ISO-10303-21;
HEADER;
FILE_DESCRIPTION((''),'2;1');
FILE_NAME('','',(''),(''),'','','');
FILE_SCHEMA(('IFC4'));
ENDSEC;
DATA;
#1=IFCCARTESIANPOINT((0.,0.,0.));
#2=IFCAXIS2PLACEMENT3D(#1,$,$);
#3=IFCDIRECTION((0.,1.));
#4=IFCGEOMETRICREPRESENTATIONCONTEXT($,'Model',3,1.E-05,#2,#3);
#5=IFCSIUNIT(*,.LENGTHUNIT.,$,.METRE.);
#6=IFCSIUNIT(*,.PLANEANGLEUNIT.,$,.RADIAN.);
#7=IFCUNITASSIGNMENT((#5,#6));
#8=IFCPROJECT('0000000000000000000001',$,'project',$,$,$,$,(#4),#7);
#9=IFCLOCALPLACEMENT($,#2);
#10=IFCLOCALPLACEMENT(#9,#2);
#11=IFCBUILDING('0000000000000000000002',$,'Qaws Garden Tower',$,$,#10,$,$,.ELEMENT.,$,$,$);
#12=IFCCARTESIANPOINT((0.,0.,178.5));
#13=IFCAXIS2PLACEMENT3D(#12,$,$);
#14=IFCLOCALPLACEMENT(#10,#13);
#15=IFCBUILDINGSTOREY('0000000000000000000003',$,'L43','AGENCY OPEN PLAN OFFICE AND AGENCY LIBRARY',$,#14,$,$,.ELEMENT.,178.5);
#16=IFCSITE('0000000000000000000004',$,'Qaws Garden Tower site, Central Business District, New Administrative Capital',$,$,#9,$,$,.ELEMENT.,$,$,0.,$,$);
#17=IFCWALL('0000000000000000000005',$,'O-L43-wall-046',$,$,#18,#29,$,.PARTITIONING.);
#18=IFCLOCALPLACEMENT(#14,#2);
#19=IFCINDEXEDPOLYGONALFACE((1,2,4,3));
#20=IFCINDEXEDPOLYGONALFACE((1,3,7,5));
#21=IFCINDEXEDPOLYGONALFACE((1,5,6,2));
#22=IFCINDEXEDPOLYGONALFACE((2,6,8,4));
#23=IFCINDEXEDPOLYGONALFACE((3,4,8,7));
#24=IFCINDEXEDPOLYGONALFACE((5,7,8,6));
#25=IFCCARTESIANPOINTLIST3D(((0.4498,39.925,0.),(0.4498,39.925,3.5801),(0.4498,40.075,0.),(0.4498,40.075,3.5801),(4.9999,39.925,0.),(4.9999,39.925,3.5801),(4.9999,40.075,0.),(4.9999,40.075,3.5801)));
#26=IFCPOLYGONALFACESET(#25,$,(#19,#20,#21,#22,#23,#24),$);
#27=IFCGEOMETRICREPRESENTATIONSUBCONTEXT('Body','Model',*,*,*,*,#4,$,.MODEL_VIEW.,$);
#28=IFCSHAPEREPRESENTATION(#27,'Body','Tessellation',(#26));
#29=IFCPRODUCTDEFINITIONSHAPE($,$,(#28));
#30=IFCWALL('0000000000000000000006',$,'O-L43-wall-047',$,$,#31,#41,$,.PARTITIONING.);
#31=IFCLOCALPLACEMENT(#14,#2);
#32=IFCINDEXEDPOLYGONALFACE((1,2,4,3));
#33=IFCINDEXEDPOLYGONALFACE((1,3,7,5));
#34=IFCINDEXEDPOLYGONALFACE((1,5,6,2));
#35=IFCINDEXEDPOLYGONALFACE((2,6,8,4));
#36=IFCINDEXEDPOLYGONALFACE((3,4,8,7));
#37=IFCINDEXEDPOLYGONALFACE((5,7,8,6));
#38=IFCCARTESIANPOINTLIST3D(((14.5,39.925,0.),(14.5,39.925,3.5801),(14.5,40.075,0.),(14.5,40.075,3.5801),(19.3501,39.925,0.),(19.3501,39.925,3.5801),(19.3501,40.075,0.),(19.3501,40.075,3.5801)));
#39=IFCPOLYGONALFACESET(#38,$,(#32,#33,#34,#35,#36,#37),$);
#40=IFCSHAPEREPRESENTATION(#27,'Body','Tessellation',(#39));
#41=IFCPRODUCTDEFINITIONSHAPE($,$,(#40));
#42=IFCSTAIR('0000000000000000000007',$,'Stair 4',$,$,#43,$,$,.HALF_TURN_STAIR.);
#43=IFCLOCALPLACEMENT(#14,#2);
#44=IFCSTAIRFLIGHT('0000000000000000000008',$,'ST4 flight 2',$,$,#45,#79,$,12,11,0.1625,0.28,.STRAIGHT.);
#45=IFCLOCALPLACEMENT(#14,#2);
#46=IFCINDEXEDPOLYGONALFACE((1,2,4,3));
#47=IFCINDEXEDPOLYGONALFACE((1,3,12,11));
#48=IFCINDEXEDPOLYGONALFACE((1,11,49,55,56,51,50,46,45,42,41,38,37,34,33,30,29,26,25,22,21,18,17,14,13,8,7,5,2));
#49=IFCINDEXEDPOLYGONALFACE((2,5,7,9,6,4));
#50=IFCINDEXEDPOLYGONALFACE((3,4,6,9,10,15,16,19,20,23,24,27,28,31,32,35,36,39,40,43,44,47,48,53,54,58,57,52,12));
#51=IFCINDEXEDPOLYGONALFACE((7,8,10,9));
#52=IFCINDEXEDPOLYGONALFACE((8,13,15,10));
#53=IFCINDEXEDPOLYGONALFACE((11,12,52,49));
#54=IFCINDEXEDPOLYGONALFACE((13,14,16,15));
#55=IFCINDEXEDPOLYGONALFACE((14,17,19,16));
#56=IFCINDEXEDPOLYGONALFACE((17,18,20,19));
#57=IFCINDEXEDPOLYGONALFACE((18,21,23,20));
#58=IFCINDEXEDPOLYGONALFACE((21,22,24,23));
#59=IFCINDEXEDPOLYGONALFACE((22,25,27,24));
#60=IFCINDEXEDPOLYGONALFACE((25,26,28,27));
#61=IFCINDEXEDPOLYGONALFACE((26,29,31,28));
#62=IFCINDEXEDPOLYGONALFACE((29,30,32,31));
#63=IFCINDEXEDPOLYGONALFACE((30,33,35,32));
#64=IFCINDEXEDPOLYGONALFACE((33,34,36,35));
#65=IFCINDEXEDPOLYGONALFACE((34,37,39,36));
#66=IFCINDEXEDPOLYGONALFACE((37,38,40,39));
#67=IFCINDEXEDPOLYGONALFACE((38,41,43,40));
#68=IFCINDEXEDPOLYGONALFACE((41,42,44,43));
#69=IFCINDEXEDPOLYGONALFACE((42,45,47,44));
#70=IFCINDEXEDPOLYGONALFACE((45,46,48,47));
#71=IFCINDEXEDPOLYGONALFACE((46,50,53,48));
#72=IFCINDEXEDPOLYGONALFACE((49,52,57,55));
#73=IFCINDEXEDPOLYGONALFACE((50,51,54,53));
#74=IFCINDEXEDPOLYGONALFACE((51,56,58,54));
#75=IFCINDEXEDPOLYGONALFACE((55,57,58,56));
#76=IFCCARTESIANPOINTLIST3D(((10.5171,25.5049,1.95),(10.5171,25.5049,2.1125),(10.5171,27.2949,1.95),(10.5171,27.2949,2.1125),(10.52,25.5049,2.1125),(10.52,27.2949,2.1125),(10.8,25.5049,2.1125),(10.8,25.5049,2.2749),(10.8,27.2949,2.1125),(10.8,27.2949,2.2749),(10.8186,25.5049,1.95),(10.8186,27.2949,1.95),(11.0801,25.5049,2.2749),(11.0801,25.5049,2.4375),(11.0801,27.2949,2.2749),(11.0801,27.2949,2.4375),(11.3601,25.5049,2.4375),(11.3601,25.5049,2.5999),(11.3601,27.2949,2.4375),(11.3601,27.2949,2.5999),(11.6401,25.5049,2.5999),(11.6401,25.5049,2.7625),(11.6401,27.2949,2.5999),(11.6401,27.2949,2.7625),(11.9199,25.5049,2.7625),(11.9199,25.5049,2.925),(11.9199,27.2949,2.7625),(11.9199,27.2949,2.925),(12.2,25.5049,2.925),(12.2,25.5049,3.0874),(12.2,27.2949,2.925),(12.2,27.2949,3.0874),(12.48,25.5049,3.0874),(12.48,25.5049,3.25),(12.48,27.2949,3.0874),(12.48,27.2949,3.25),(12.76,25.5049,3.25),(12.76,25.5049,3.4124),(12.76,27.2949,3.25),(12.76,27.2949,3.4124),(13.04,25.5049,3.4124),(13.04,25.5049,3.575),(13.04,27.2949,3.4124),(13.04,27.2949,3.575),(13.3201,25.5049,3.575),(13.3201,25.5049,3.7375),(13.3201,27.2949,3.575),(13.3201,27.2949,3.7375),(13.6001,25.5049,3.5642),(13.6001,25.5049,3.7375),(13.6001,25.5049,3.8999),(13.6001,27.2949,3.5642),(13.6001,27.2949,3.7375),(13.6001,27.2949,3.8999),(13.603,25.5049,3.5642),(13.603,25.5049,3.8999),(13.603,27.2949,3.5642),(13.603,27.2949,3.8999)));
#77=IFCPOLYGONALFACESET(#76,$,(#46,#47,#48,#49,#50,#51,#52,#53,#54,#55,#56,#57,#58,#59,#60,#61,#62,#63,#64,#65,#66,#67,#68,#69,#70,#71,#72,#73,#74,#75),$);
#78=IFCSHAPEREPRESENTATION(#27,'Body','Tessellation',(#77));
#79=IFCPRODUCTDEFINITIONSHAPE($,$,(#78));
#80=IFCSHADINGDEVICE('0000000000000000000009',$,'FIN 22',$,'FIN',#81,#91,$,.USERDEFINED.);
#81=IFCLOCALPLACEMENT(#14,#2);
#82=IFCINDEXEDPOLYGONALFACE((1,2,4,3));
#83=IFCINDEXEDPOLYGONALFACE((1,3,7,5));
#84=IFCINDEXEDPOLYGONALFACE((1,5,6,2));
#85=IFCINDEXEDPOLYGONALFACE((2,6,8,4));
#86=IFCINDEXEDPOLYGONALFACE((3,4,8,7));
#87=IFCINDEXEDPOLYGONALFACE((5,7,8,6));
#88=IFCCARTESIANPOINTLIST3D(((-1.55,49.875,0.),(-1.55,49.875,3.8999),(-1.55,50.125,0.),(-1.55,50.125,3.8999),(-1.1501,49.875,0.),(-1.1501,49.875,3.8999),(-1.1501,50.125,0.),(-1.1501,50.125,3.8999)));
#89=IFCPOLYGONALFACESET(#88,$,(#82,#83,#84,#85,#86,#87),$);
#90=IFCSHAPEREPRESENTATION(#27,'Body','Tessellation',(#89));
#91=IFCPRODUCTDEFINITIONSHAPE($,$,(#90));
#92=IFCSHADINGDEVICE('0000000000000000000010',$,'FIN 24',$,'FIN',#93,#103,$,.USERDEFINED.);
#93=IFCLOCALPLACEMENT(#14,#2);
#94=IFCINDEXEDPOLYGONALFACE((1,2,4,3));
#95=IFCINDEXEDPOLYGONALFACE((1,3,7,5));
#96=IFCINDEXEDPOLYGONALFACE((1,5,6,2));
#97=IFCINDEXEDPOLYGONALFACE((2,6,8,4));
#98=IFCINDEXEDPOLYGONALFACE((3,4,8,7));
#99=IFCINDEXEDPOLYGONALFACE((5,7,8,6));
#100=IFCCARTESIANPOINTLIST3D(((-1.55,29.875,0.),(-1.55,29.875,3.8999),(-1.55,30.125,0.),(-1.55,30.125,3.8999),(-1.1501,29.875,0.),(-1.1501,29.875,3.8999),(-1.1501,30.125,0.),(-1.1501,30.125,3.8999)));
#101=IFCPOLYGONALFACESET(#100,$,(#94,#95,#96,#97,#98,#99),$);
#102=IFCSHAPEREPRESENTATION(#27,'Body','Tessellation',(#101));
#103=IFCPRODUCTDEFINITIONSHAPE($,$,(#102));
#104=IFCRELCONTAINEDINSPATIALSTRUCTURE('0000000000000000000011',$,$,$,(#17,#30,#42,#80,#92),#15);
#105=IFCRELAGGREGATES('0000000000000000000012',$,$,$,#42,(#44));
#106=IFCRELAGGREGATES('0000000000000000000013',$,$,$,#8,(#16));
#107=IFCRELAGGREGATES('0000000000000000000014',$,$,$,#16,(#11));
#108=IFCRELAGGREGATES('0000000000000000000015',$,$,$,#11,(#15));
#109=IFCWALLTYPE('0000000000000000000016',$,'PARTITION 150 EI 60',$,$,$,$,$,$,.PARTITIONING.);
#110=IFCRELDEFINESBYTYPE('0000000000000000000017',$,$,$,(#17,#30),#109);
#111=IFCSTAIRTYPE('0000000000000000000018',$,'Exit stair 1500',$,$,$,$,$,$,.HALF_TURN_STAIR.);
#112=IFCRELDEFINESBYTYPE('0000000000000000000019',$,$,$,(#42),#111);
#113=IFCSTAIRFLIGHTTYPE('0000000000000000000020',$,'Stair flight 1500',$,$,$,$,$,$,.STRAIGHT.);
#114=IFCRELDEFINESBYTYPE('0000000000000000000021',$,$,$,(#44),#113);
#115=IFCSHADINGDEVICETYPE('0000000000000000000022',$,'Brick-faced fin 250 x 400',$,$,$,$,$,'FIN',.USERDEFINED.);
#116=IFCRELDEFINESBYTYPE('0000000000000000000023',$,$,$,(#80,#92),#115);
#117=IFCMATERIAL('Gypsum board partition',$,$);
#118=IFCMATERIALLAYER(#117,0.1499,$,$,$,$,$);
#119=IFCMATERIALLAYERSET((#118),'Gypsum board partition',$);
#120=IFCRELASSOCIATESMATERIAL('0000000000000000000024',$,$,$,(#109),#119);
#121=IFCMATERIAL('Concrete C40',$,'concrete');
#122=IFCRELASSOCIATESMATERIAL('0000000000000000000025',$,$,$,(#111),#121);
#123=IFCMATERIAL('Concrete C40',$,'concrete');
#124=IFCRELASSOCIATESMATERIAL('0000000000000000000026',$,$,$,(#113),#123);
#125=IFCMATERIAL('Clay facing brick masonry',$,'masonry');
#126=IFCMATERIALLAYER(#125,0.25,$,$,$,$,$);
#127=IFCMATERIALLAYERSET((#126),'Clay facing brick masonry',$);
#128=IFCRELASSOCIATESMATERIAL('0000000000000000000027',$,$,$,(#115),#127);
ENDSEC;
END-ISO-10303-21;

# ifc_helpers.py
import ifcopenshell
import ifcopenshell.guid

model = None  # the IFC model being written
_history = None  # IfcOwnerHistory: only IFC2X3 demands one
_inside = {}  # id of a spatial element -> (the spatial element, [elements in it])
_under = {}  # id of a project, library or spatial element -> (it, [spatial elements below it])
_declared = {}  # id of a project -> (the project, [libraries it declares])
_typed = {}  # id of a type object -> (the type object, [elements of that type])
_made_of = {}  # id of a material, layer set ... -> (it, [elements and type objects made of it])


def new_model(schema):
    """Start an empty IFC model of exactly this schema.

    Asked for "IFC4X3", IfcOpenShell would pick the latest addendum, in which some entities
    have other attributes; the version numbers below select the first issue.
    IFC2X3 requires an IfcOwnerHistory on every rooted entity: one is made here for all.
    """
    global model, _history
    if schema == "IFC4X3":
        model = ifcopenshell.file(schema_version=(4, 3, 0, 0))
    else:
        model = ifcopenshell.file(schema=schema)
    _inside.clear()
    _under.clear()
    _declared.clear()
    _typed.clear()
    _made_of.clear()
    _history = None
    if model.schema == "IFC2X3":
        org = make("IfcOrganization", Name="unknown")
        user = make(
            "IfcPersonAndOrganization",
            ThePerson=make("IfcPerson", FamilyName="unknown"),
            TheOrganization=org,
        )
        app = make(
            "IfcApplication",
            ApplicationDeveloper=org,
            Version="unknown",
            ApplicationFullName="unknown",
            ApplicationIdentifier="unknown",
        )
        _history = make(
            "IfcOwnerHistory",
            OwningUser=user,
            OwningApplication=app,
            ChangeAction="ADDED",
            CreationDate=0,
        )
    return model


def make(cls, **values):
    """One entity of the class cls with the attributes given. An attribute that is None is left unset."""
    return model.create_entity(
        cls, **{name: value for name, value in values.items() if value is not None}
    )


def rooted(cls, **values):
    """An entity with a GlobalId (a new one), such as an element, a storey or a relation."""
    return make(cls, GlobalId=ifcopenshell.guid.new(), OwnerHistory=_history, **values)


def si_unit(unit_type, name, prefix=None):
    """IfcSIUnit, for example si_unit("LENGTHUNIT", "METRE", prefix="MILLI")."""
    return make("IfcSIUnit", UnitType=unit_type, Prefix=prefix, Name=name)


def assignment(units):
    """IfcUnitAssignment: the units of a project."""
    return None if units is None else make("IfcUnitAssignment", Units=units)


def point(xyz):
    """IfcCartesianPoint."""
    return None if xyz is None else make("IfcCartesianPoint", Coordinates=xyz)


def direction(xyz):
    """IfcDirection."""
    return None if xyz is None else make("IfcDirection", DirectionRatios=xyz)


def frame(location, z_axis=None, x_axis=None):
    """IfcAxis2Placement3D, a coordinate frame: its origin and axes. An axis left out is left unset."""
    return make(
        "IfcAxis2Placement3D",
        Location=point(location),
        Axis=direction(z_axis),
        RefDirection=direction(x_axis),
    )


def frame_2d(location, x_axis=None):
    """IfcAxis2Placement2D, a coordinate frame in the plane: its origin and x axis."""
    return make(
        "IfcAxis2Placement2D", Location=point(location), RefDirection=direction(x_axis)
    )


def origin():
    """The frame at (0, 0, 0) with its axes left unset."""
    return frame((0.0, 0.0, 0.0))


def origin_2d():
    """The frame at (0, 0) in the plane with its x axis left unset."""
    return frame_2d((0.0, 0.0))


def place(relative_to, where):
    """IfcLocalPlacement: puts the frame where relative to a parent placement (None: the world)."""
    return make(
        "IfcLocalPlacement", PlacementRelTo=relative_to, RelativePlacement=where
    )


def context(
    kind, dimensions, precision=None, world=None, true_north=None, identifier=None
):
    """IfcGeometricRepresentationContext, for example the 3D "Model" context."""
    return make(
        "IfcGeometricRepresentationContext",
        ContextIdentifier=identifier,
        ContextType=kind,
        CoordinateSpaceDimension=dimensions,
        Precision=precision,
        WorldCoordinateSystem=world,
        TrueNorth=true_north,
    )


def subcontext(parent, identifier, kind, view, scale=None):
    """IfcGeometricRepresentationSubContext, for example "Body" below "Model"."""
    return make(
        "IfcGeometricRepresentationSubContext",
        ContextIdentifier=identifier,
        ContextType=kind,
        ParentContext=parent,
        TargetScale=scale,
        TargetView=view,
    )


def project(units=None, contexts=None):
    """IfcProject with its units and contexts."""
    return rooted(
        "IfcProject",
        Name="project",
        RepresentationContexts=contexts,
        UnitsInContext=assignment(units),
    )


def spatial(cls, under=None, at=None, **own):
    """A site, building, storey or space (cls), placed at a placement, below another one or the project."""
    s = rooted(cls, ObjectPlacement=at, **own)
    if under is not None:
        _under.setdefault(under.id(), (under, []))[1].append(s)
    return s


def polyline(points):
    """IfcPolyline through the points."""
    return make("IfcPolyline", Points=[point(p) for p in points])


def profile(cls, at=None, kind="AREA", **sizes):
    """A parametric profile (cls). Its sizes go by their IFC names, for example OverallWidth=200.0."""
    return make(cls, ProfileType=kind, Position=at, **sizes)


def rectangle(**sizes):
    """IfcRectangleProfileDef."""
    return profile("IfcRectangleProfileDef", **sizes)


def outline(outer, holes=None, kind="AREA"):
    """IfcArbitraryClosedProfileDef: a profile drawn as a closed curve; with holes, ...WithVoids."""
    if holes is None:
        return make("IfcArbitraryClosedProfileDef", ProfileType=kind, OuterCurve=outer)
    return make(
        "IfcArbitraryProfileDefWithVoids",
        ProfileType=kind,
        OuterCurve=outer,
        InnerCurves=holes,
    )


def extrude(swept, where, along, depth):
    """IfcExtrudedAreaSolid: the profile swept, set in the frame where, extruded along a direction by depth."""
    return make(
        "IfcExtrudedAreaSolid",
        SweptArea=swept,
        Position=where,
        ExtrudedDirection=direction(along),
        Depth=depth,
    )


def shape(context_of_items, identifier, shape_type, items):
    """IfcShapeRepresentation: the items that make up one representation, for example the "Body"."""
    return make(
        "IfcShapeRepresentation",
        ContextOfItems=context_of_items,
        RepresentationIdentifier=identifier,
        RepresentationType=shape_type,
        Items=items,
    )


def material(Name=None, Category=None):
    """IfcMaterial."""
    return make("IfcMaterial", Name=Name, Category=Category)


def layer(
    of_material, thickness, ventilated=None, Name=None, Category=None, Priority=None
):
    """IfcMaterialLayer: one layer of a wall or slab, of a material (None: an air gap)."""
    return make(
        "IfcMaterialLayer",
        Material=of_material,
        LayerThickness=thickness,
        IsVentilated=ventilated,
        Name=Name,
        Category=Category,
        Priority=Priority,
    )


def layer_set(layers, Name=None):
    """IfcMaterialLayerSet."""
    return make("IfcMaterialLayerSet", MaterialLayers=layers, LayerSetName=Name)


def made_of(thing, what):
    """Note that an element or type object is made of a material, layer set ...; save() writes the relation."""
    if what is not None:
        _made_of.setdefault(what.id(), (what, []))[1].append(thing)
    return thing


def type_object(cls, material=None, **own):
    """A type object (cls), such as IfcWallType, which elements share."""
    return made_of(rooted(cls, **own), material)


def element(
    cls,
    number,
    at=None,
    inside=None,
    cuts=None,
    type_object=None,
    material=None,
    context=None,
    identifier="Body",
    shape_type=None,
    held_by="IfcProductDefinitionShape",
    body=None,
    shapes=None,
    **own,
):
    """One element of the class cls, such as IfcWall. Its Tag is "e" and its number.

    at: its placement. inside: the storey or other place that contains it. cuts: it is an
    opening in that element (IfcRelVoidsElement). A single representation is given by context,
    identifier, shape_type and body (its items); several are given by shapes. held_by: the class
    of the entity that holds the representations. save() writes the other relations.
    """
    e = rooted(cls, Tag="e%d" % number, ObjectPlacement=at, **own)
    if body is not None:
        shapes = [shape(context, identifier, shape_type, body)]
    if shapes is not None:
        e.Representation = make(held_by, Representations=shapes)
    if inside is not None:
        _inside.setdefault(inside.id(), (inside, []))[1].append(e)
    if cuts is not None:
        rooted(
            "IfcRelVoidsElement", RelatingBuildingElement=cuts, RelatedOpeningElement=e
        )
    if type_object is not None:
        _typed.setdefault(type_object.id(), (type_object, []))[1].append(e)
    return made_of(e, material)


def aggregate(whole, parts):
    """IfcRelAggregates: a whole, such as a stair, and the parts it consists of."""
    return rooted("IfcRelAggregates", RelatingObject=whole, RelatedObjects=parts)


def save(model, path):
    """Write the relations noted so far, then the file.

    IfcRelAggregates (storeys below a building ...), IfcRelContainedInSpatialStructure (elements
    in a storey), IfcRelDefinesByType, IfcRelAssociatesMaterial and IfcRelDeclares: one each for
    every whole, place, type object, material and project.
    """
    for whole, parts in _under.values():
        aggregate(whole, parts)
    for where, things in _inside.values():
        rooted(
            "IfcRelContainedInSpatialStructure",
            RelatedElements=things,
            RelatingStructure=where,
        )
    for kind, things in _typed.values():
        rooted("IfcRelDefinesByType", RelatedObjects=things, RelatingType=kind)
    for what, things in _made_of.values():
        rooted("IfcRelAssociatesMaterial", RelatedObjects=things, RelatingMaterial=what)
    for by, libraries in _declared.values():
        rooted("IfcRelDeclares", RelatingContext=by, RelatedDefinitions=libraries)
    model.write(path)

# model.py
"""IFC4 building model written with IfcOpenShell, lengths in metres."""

from ifc_helpers import new_model, si_unit, direction, frame, frame_2d, origin, origin_2d, place, context, subcontext, project, spatial, polyline, rectangle, outline, extrude, material, layer, layer_set, type_object, element, aggregate, save


model = new_model("IFC4")

# Units and contexts
model_context = context("Model", 3, precision=1e-05, world=origin(), true_north=direction((0.0, 1.0)))
body_context = subcontext(model_context, "Body", "Model", "MODEL_VIEW")
ifc_project = project(units=[si_unit("LENGTHUNIT", "METRE"), si_unit("PLANEANGLEUNIT", "RADIAN")], contexts=[model_context])

# Site, building, storey
site_placement = place(None, origin())
site = spatial("IfcSite", under=ifc_project, at=site_placement, Name="Qaws Garden Tower site, Central Business District, New Administrative Capital", CompositionType="ELEMENT", RefElevation=0.0)
building_placement = place(site_placement, origin())
building = spatial("IfcBuilding", under=site, at=building_placement, Name="Qaws Garden Tower", CompositionType="ELEMENT")
storey_placement = place(building_placement, frame((0.0, 0.0, 178.5)))
storey = spatial("IfcBuildingStorey", under=building, at=storey_placement, Name="L43", Description="AGENCY OPEN PLAN OFFICE AND AGENCY LIBRARY", CompositionType="ELEMENT", Elevation=178.5)

# Walls
ifc_material_1 = material(Name="Gypsum board partition")
ifc_layer_1 = layer(ifc_material_1, 0.1499)
ifc_layer_set_1 = layer_set([ifc_layer_1], Name="Gypsum board partition")
wall_type_1 = type_object("IfcWallType", Name="PARTITION 150 EI 60", PredefinedType="PARTITIONING", material=ifc_layer_set_1)
wall_1_placement = place(storey_placement, frame((0.45, 40.0, 0.0), z_axis=(0.0, 0.0, 1.0), x_axis=(1.0, 0.0, 0.0)))
element("IfcWall", 1, at=wall_1_placement, inside=storey, type_object=wall_type_1, Name="O-L43-wall-046", PredefinedType="PARTITIONING", context=body_context, shape_type="SweptSolid", body=[
    extrude(rectangle(XDim=4.55, YDim=0.1499, at=frame_2d((2.2749, 0.0))), origin(), (0.0, 0.0, 1.0), 3.5801),
])
wall_2_placement = place(storey_placement, frame((14.5, 40.0, 0.0), z_axis=(0.0, 0.0, 1.0), x_axis=(1.0, 0.0, 0.0)))
element("IfcWall", 2, at=wall_2_placement, inside=storey, type_object=wall_type_1, Name="O-L43-wall-047", PredefinedType="PARTITIONING", context=body_context, shape_type="SweptSolid", body=[
    extrude(rectangle(XDim=4.8501, YDim=0.1499, at=frame_2d((2.425, 0.0))), origin(), (0.0, 0.0, 1.0), 3.5801),
])

# Stair, stair flight
ifc_material_2 = material(Name="Concrete C40", Category="concrete")
stair_type = type_object("IfcStairType", Name="Exit stair 1500", PredefinedType="HALF_TURN_STAIR", material=ifc_material_2)
stair_placement = place(storey_placement, origin())
stair = element("IfcStair", 3, at=stair_placement, inside=storey, type_object=stair_type, Name="Stair 4", PredefinedType="HALF_TURN_STAIR")
ifc_material_3 = material(Name="Concrete C40", Category="concrete")
stair_flight_type = type_object("IfcStairFlightType", Name="Stair flight 1500", PredefinedType="STRAIGHT", material=ifc_material_3)
stair_flight_placement = place(storey_placement, frame((10.52, 26.3999, 1.95), z_axis=(0.0, 0.0, 1.0), x_axis=(1.0, 0.0, 0.0)))
stair_flight = element("IfcStairFlight", 4, at=stair_flight_placement, type_object=stair_flight_type, Name="ST4 flight 2", NumberOfRisers=12, NumberOfTreads=11, PredefinedType="STRAIGHT", RiserHeight=0.1625, TreadLength=0.28, context=body_context, shape_type="SweptSolid", body=[
    extrude(outline(polyline([(-0.0029, 0.0), (-0.0029, 0.1626), (0.0, 0.1626), (0.28, 0.1626), (0.28, 0.325), (0.5601, 0.325), (0.5601, 0.4875), (0.8401, 0.4875), (0.8401, 0.6499), (1.1201, 0.6499), (1.1201, 0.8125), (1.3999, 0.8125), (1.3999, 0.9751), (1.6799, 0.9751), (1.6799, 1.1375), (1.96, 1.1375), (1.96, 1.3), (2.24, 1.3), (2.24, 1.4624), (2.52, 1.4624), (2.52, 1.625), (2.8, 1.625), (2.8, 1.7876), (3.0801, 1.7876), (3.0801, 1.95), (3.083, 1.95), (3.083, 1.6143), (3.0801, 1.6143), (0.2986, 0.0), (-0.0029, 0.0)])), frame((0.0, 0.895, 0.0), z_axis=(0.0, -1.0, 0.0), x_axis=(1.0, 0.0, 0.0)), (0.0, 0.0, 1.0), 1.79),
])
aggregate(stair, [stair_flight])

# Shading devices
ifc_material_4 = material(Name="Clay facing brick masonry", Category="masonry")
ifc_layer_2 = layer(ifc_material_4, 0.25)
ifc_layer_set_2 = layer_set([ifc_layer_2], Name="Clay facing brick masonry")
shading_device_type = type_object("IfcShadingDeviceType", Name="Brick-faced fin 250 x 400", ElementType="FIN", PredefinedType="USERDEFINED", material=ifc_layer_set_2)
for number, where, z_axis, x_axis, name in (
    (5, (-1.3501, 50.0, 0.0), (0.0, 0.0, 1.0), (0.0, -1.0, 0.0), "FIN 22"),
    (6, (-1.3501, 30.0, 0.0), (0.0, 0.0, 1.0), (0.0, -1.0, 0.0), "FIN 24"),
):
    element("IfcShadingDevice", number, at=place(storey_placement, frame(where, z_axis=z_axis, x_axis=x_axis)), inside=storey, type_object=shading_device_type, Name=name, ObjectType="FIN", PredefinedType="USERDEFINED", context=body_context, shape_type="SweptSolid", body=[
        extrude(rectangle(XDim=0.25, YDim=0.3999, at=origin_2d()), origin(), (0.0, 0.0, 1.0), 3.8999),
    ])

save(model, "model.ifc")
